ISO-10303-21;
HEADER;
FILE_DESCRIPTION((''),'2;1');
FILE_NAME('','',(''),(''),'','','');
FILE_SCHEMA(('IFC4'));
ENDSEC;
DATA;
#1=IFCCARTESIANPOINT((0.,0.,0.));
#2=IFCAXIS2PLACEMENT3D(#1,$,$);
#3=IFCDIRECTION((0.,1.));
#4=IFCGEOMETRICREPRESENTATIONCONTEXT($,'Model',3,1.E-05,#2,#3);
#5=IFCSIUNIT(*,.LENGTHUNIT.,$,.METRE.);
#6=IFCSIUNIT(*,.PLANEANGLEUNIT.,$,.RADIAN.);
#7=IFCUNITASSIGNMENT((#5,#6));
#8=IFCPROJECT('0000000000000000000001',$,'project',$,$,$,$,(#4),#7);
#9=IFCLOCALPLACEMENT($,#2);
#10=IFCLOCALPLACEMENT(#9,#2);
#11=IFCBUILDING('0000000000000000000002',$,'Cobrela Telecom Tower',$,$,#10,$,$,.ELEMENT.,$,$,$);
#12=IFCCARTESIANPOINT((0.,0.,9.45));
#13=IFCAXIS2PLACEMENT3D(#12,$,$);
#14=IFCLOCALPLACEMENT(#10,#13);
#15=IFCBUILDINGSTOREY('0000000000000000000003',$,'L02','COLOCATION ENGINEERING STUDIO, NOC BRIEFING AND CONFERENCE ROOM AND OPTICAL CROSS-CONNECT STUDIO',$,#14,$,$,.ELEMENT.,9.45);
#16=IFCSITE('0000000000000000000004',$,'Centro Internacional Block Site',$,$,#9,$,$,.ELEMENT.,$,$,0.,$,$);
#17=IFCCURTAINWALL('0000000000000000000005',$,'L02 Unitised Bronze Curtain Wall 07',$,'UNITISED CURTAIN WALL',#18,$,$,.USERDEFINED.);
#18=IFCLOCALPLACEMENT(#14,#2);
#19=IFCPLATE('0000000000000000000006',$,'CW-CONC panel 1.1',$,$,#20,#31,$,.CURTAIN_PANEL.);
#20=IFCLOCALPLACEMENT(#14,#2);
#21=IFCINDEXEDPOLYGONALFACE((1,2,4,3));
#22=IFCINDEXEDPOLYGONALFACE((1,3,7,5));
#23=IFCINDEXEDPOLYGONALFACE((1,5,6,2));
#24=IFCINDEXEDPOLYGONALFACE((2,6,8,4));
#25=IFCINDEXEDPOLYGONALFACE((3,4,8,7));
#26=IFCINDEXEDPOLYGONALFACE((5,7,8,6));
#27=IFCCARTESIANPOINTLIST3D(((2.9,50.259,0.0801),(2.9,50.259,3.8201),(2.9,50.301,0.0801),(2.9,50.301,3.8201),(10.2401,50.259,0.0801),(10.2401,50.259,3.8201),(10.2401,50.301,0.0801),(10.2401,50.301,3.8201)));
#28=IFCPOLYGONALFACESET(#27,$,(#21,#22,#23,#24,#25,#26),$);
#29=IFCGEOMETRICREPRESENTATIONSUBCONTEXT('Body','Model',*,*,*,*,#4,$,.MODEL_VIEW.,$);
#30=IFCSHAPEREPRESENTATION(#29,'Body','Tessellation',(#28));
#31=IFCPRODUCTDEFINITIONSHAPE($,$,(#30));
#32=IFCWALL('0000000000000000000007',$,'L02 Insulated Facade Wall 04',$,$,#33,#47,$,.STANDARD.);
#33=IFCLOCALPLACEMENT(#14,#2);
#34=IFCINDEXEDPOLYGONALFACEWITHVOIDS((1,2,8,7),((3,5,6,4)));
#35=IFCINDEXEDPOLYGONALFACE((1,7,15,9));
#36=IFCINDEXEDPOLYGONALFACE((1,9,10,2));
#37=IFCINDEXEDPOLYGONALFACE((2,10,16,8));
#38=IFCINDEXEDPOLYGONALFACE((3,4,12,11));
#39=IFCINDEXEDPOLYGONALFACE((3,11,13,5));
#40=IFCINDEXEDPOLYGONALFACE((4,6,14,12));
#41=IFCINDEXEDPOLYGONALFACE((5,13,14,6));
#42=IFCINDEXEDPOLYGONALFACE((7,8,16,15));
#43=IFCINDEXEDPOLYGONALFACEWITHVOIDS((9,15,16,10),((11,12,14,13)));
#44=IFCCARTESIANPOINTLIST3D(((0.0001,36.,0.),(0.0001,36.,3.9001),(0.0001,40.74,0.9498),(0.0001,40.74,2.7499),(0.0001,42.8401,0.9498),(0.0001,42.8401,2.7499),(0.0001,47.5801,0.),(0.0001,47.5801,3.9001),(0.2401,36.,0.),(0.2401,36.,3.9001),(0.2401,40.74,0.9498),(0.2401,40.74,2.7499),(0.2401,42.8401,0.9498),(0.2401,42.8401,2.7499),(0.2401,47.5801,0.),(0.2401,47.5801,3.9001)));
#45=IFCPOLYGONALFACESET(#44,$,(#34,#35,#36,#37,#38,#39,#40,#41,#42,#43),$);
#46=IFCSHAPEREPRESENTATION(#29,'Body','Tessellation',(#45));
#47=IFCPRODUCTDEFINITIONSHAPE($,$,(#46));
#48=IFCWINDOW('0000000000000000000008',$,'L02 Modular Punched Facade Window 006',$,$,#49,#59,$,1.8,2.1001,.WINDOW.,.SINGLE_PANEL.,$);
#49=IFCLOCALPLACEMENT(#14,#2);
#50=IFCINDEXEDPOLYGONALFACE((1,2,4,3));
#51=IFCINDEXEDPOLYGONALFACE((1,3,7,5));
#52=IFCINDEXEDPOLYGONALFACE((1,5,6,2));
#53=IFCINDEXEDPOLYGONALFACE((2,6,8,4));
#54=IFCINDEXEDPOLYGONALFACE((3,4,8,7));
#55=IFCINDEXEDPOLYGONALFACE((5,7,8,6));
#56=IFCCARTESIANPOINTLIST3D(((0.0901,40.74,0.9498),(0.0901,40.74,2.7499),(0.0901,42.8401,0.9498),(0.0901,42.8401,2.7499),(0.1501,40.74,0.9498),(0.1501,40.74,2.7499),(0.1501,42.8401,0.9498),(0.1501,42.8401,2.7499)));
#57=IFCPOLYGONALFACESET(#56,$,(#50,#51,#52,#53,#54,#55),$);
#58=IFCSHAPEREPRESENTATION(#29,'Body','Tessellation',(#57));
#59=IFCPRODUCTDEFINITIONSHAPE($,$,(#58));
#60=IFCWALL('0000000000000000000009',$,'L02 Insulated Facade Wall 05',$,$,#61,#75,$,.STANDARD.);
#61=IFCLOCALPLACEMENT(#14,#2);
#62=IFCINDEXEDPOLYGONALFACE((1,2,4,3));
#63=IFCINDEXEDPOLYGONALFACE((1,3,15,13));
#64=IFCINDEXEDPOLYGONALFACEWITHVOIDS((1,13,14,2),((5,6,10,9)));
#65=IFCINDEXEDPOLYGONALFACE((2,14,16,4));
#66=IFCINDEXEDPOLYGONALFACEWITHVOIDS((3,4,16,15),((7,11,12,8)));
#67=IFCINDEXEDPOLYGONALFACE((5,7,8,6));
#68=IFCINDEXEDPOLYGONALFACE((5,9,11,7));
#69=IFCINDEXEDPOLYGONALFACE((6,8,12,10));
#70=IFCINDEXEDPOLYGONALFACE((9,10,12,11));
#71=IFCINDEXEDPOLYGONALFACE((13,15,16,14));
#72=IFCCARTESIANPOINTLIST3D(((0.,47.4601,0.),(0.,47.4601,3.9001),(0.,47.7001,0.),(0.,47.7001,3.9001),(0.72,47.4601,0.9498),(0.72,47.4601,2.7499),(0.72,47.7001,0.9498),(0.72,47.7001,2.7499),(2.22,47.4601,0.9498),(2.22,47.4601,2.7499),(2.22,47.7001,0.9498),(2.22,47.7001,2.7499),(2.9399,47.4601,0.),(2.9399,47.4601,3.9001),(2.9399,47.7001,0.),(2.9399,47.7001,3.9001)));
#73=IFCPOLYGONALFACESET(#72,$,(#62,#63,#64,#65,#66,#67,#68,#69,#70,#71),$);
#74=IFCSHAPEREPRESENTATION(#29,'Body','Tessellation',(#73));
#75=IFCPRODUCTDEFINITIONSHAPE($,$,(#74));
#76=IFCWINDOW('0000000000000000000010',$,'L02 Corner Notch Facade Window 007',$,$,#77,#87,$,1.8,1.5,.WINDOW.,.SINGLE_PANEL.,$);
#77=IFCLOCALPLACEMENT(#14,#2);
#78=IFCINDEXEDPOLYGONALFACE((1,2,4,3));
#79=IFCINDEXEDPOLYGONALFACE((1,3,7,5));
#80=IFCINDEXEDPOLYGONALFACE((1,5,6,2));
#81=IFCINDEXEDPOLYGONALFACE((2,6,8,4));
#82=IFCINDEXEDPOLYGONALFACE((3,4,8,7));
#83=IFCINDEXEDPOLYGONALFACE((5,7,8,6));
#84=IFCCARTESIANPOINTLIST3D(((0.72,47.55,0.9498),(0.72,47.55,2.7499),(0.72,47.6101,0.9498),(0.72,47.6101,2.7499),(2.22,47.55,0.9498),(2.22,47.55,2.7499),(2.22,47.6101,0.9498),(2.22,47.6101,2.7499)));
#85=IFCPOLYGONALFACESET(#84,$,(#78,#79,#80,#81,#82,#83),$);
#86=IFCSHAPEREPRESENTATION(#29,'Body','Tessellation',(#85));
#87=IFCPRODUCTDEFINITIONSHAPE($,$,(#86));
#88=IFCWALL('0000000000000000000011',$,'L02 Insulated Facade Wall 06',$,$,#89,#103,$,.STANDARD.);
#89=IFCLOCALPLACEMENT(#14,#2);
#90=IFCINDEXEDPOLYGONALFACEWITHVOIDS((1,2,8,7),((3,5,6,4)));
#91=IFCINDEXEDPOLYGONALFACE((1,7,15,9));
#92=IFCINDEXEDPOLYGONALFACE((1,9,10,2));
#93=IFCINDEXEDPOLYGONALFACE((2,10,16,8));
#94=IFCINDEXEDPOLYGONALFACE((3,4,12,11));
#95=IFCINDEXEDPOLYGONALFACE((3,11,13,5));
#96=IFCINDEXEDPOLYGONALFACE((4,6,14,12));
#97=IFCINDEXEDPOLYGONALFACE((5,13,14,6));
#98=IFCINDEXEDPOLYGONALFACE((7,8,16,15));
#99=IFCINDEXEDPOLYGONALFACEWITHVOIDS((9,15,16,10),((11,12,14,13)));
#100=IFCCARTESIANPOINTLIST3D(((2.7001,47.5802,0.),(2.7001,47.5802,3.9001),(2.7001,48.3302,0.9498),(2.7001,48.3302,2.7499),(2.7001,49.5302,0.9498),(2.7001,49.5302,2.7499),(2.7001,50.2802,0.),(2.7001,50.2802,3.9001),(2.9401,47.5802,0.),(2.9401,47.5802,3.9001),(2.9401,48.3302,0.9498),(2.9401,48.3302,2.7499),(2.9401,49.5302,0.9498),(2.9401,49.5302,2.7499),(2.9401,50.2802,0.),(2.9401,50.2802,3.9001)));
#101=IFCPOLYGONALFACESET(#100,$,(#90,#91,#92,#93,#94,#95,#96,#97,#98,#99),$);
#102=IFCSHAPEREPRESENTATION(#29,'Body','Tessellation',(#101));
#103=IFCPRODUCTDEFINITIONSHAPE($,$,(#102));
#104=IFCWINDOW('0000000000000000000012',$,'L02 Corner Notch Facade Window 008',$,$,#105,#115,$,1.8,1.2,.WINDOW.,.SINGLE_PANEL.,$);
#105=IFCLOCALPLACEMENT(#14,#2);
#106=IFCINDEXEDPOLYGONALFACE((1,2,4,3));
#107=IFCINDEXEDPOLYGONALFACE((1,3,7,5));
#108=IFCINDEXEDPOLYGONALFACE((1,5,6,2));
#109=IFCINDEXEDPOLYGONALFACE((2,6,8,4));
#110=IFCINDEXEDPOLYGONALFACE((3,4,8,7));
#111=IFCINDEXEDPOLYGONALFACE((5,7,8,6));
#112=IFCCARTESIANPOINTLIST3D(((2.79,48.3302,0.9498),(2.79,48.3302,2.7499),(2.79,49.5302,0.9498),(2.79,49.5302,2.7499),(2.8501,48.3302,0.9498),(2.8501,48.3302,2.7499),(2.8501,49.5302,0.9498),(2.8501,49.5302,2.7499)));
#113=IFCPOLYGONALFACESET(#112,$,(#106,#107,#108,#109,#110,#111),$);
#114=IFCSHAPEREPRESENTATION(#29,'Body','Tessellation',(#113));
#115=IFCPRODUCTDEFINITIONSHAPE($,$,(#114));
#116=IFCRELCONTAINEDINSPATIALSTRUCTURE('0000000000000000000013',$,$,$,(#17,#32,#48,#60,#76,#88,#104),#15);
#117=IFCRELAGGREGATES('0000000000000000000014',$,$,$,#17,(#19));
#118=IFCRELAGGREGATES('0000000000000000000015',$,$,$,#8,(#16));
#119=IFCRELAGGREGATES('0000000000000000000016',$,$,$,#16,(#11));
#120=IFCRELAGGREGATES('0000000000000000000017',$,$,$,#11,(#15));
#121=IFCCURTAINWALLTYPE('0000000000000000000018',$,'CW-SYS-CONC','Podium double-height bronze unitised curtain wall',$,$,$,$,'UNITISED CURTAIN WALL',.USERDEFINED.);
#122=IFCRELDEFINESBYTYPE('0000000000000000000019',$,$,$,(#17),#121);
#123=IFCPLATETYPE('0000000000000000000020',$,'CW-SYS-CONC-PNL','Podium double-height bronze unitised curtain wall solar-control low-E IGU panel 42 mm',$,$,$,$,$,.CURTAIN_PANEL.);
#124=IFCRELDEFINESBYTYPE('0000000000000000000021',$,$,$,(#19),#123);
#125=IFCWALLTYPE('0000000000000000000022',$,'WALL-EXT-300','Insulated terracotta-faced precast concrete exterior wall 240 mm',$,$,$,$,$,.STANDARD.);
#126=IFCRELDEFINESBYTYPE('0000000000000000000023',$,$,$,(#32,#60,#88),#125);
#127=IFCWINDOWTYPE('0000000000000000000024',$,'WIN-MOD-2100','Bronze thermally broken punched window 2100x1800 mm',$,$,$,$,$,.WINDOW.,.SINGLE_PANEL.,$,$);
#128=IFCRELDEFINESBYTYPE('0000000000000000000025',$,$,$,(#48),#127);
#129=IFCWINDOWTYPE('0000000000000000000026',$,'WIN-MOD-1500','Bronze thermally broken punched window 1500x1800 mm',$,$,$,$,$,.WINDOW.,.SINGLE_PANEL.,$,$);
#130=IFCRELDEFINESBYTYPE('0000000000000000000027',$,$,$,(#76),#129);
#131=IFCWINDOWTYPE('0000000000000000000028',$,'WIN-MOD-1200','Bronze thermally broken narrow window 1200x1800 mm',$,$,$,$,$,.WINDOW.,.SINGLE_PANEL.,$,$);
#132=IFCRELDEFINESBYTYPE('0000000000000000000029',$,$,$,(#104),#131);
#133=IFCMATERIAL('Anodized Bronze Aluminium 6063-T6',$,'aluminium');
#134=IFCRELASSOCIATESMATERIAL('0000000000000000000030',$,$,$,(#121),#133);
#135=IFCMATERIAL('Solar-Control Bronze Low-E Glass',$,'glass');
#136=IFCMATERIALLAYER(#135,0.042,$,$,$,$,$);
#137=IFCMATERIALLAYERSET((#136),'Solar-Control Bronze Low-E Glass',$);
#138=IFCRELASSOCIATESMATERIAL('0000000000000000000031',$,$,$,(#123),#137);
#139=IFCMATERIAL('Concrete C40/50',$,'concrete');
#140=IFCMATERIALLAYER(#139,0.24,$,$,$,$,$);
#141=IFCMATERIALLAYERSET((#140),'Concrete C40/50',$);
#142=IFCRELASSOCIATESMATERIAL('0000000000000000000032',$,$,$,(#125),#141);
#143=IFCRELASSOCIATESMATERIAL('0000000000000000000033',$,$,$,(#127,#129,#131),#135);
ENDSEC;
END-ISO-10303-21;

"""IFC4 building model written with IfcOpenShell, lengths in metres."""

from ifc_helpers import new_model, si_unit, direction, frame, frame_2d, origin, origin_2d, place, context, subcontext, project, spatial, rectangle, extrude, material, layer, layer_set, type_object, element, fill, aggregate, save


model = new_model("IFC4")

# Units and contexts
model_context = context("Model", 3, precision=1e-05, world=origin(), true_north=direction((0.0, 1.0)))
body_context = subcontext(model_context, "Body", "Model", "MODEL_VIEW")
ifc_project = project(units=[si_unit("LENGTHUNIT", "METRE"), si_unit("PLANEANGLEUNIT", "RADIAN")], contexts=[model_context])

# Site, building, storey
site_placement = place(None, origin())
site = spatial("IfcSite", under=ifc_project, at=site_placement, Name="Centro Internacional Block Site", CompositionType="ELEMENT", RefElevation=0.0)
building_placement = place(site_placement, origin())
building = spatial("IfcBuilding", under=site, at=building_placement, Name="Cobrela Telecom Tower", CompositionType="ELEMENT")
storey_placement = place(building_placement, frame((0.0, 0.0, 9.45)))
storey = spatial("IfcBuildingStorey", under=building, at=storey_placement, Name="L02", Description="COLOCATION ENGINEERING STUDIO, NOC BRIEFING AND CONFERENCE ROOM AND OPTICAL CROSS-CONNECT STUDIO", CompositionType="ELEMENT", Elevation=9.45)

# Shared definitions
ifc_material_1 = material(Name="Concrete C40/50", Category="concrete")

# Curtain wall, plate
ifc_material_2 = material(Name="Anodized Bronze Aluminium 6063-T6", Category="aluminium")
curtain_wall_type = type_object("IfcCurtainWallType", Name="CW-SYS-CONC", Description="Podium double-height bronze unitised curtain wall", ElementType="UNITISED CURTAIN WALL", PredefinedType="USERDEFINED", material=ifc_material_2)
curtain_wall_placement = place(storey_placement, origin())
curtain_wall = element("IfcCurtainWall", 1, at=curtain_wall_placement, inside=storey, type_object=curtain_wall_type, Name="L02 Unitised Bronze Curtain Wall 07", ObjectType="UNITISED CURTAIN WALL", PredefinedType="USERDEFINED")
ifc_material_3 = material(Name="Solar-Control Bronze Low-E Glass", Category="glass")
ifc_layer_1 = layer(ifc_material_3, 0.042)
ifc_layer_set_1 = layer_set([ifc_layer_1], Name="Solar-Control Bronze Low-E Glass")
plate_type = type_object("IfcPlateType", Name="CW-SYS-CONC-PNL", Description="Podium double-height bronze unitised curtain wall solar-control low-E IGU panel 42 mm", PredefinedType="CURTAIN_PANEL", material=ifc_layer_set_1)
plate_placement = place(storey_placement, frame((6.5701, 50.28, 0.0801), z_axis=(0.0, 0.0, 1.0), x_axis=(1.0, 0.0, 0.0)))
plate = element("IfcPlate", 2, at=plate_placement, type_object=plate_type, Name="CW-CONC panel 1.1", PredefinedType="CURTAIN_PANEL", context=body_context, shape_type="SweptSolid", body=[
    extrude(rectangle(XDim=7.3401, YDim=0.042, at=origin_2d()), origin(), (0.0, 0.0, 1.0), 3.74),
])
aggregate(curtain_wall, [plate])

# Walls, openings, windows
ifc_layer_2 = layer(ifc_material_1, 0.24)
ifc_layer_set_2 = layer_set([ifc_layer_2], Name="Concrete C40/50")
wall_type = type_object("IfcWallType", Name="WALL-EXT-300", Description="Insulated terracotta-faced precast concrete exterior wall 240 mm", PredefinedType="STANDARD", material=ifc_layer_set_2)
wall_1_placement = place(storey_placement, frame((0.1201, 36.0, 0.0), z_axis=(0.0, 0.0, 1.0), x_axis=(0.0, 1.0, 0.0)))
wall_1 = element("IfcWall", 3, at=wall_1_placement, inside=storey, type_object=wall_type, Name="L02 Insulated Facade Wall 04", PredefinedType="STANDARD", context=body_context, shape_type="SweptSolid", body=[
    extrude(rectangle(XDim=11.5801, YDim=0.24, at=frame_2d((5.79, 0.0))), origin(), (0.0, 0.0, 1.0), 3.9001),
])
opening_1_placement = place(wall_1_placement, frame((4.74, 0.0, 0.95)))
opening_1 = element("IfcOpeningElement", 4, at=opening_1_placement, cuts=wall_1, PredefinedType="OPENING", context=body_context, shape_type="SweptSolid", body=[
    extrude(rectangle(XDim=2.1001, YDim=1.8, at=frame_2d((1.05, 0.8999))), frame((0.0, 0.1318, 0.0), z_axis=(0.0, -1.0, 0.0), x_axis=(1.0, 0.0, 0.0)), (0.0, 0.0, 1.0), 0.2639),
])
window_type_1 = type_object("IfcWindowType", Name="WIN-MOD-2100", Description="Bronze thermally broken punched window 2100x1800 mm", PartitioningType="SINGLE_PANEL", PredefinedType="WINDOW", material=ifc_material_3)
window_1_placement = place(opening_1_placement, origin())
window_1 = element("IfcWindow", 5, at=window_1_placement, inside=storey, type_object=window_type_1, Name="L02 Modular Punched Facade Window 006", OverallHeight=1.8, OverallWidth=2.1001, PartitioningType="SINGLE_PANEL", PredefinedType="WINDOW", context=body_context, shape_type="SweptSolid", body=[
    extrude(rectangle(XDim=2.1001, YDim=1.8, at=frame_2d((1.05, 0.8999))), frame((0.0, 0.03, 0.0), z_axis=(0.0, -1.0, 0.0), x_axis=(1.0, 0.0, 0.0)), (0.0, 0.0, 1.0), 0.0601),
])
fill(opening_1, window_1)
wall_2_placement = place(storey_placement, frame((0.0, 47.5801, 0.0), z_axis=(0.0, 0.0, 1.0), x_axis=(1.0, 0.0, 0.0)))
wall_2 = element("IfcWall", 6, at=wall_2_placement, inside=storey, type_object=wall_type, Name="L02 Insulated Facade Wall 05", PredefinedType="STANDARD", context=body_context, shape_type="SweptSolid", body=[
    extrude(rectangle(XDim=2.9399, YDim=0.24, at=frame_2d((1.47, 0.0))), origin(), (0.0, 0.0, 1.0), 3.9001),
])
opening_2_placement = place(wall_2_placement, frame((0.72, 0.0, 0.95)))
opening_2 = element("IfcOpeningElement", 7, at=opening_2_placement, cuts=wall_2, PredefinedType="OPENING", context=body_context, shape_type="SweptSolid", body=[
    extrude(rectangle(XDim=1.5, YDim=1.8, at=frame_2d((0.75, 0.8999))), frame((0.0, 0.1318, 0.0), z_axis=(0.0, -1.0, 0.0), x_axis=(1.0, 0.0, 0.0)), (0.0, 0.0, 1.0), 0.2639),
])
window_type_2 = type_object("IfcWindowType", Name="WIN-MOD-1500", Description="Bronze thermally broken punched window 1500x1800 mm", PartitioningType="SINGLE_PANEL", PredefinedType="WINDOW", material=ifc_material_3)
window_2_placement = place(opening_2_placement, origin())
window_2 = element("IfcWindow", 8, at=window_2_placement, inside=storey, type_object=window_type_2, Name="L02 Corner Notch Facade Window 007", OverallHeight=1.8, OverallWidth=1.5, PartitioningType="SINGLE_PANEL", PredefinedType="WINDOW", context=body_context, shape_type="SweptSolid", body=[
    extrude(rectangle(XDim=1.5, YDim=1.8, at=frame_2d((0.75, 0.8999))), frame((0.0, 0.03, 0.0), z_axis=(0.0, -1.0, 0.0), x_axis=(1.0, 0.0, 0.0)), (0.0, 0.0, 1.0), 0.0601),
])
fill(opening_2, window_2)
wall_3_placement = place(storey_placement, frame((2.8201, 47.5801, 0.0), z_axis=(0.0, 0.0, 1.0), x_axis=(0.0, 1.0, 0.0)))
wall_3 = element("IfcWall", 9, at=wall_3_placement, inside=storey, type_object=wall_type, Name="L02 Insulated Facade Wall 06", PredefinedType="STANDARD", context=body_context, shape_type="SweptSolid", body=[
    extrude(rectangle(XDim=2.7, YDim=0.24, at=frame_2d((1.3501, 0.0))), origin(), (0.0, 0.0, 1.0), 3.9001),
])
opening_3_placement = place(wall_3_placement, frame((0.75, 0.0, 0.95)))
opening_3 = element("IfcOpeningElement", 10, at=opening_3_placement, cuts=wall_3, PredefinedType="OPENING", context=body_context, shape_type="SweptSolid", body=[
    extrude(rectangle(XDim=1.2, YDim=1.8, at=frame_2d((0.6001, 0.8999))), frame((0.0, 0.1318, 0.0), z_axis=(0.0, -1.0, 0.0), x_axis=(1.0, 0.0, 0.0)), (0.0, 0.0, 1.0), 0.2639),
])
window_type_3 = type_object("IfcWindowType", Name="WIN-MOD-1200", Description="Bronze thermally broken narrow window 1200x1800 mm", PartitioningType="SINGLE_PANEL", PredefinedType="WINDOW", material=ifc_material_3)
window_3_placement = place(opening_3_placement, origin())
window_3 = element("IfcWindow", 11, at=window_3_placement, inside=storey, type_object=window_type_3, Name="L02 Corner Notch Facade Window 008", OverallHeight=1.8, OverallWidth=1.2, PartitioningType="SINGLE_PANEL", PredefinedType="WINDOW", context=body_context, shape_type="SweptSolid", body=[
    extrude(rectangle(XDim=1.2, YDim=1.8, at=frame_2d((0.6001, 0.8999))), frame((0.0, 0.03, 0.0), z_axis=(0.0, -1.0, 0.0), x_axis=(1.0, 0.0, 0.0)), (0.0, 0.0, 1.0), 0.0601),
])
fill(opening_3, window_3)

save(model, "model.ifc")
